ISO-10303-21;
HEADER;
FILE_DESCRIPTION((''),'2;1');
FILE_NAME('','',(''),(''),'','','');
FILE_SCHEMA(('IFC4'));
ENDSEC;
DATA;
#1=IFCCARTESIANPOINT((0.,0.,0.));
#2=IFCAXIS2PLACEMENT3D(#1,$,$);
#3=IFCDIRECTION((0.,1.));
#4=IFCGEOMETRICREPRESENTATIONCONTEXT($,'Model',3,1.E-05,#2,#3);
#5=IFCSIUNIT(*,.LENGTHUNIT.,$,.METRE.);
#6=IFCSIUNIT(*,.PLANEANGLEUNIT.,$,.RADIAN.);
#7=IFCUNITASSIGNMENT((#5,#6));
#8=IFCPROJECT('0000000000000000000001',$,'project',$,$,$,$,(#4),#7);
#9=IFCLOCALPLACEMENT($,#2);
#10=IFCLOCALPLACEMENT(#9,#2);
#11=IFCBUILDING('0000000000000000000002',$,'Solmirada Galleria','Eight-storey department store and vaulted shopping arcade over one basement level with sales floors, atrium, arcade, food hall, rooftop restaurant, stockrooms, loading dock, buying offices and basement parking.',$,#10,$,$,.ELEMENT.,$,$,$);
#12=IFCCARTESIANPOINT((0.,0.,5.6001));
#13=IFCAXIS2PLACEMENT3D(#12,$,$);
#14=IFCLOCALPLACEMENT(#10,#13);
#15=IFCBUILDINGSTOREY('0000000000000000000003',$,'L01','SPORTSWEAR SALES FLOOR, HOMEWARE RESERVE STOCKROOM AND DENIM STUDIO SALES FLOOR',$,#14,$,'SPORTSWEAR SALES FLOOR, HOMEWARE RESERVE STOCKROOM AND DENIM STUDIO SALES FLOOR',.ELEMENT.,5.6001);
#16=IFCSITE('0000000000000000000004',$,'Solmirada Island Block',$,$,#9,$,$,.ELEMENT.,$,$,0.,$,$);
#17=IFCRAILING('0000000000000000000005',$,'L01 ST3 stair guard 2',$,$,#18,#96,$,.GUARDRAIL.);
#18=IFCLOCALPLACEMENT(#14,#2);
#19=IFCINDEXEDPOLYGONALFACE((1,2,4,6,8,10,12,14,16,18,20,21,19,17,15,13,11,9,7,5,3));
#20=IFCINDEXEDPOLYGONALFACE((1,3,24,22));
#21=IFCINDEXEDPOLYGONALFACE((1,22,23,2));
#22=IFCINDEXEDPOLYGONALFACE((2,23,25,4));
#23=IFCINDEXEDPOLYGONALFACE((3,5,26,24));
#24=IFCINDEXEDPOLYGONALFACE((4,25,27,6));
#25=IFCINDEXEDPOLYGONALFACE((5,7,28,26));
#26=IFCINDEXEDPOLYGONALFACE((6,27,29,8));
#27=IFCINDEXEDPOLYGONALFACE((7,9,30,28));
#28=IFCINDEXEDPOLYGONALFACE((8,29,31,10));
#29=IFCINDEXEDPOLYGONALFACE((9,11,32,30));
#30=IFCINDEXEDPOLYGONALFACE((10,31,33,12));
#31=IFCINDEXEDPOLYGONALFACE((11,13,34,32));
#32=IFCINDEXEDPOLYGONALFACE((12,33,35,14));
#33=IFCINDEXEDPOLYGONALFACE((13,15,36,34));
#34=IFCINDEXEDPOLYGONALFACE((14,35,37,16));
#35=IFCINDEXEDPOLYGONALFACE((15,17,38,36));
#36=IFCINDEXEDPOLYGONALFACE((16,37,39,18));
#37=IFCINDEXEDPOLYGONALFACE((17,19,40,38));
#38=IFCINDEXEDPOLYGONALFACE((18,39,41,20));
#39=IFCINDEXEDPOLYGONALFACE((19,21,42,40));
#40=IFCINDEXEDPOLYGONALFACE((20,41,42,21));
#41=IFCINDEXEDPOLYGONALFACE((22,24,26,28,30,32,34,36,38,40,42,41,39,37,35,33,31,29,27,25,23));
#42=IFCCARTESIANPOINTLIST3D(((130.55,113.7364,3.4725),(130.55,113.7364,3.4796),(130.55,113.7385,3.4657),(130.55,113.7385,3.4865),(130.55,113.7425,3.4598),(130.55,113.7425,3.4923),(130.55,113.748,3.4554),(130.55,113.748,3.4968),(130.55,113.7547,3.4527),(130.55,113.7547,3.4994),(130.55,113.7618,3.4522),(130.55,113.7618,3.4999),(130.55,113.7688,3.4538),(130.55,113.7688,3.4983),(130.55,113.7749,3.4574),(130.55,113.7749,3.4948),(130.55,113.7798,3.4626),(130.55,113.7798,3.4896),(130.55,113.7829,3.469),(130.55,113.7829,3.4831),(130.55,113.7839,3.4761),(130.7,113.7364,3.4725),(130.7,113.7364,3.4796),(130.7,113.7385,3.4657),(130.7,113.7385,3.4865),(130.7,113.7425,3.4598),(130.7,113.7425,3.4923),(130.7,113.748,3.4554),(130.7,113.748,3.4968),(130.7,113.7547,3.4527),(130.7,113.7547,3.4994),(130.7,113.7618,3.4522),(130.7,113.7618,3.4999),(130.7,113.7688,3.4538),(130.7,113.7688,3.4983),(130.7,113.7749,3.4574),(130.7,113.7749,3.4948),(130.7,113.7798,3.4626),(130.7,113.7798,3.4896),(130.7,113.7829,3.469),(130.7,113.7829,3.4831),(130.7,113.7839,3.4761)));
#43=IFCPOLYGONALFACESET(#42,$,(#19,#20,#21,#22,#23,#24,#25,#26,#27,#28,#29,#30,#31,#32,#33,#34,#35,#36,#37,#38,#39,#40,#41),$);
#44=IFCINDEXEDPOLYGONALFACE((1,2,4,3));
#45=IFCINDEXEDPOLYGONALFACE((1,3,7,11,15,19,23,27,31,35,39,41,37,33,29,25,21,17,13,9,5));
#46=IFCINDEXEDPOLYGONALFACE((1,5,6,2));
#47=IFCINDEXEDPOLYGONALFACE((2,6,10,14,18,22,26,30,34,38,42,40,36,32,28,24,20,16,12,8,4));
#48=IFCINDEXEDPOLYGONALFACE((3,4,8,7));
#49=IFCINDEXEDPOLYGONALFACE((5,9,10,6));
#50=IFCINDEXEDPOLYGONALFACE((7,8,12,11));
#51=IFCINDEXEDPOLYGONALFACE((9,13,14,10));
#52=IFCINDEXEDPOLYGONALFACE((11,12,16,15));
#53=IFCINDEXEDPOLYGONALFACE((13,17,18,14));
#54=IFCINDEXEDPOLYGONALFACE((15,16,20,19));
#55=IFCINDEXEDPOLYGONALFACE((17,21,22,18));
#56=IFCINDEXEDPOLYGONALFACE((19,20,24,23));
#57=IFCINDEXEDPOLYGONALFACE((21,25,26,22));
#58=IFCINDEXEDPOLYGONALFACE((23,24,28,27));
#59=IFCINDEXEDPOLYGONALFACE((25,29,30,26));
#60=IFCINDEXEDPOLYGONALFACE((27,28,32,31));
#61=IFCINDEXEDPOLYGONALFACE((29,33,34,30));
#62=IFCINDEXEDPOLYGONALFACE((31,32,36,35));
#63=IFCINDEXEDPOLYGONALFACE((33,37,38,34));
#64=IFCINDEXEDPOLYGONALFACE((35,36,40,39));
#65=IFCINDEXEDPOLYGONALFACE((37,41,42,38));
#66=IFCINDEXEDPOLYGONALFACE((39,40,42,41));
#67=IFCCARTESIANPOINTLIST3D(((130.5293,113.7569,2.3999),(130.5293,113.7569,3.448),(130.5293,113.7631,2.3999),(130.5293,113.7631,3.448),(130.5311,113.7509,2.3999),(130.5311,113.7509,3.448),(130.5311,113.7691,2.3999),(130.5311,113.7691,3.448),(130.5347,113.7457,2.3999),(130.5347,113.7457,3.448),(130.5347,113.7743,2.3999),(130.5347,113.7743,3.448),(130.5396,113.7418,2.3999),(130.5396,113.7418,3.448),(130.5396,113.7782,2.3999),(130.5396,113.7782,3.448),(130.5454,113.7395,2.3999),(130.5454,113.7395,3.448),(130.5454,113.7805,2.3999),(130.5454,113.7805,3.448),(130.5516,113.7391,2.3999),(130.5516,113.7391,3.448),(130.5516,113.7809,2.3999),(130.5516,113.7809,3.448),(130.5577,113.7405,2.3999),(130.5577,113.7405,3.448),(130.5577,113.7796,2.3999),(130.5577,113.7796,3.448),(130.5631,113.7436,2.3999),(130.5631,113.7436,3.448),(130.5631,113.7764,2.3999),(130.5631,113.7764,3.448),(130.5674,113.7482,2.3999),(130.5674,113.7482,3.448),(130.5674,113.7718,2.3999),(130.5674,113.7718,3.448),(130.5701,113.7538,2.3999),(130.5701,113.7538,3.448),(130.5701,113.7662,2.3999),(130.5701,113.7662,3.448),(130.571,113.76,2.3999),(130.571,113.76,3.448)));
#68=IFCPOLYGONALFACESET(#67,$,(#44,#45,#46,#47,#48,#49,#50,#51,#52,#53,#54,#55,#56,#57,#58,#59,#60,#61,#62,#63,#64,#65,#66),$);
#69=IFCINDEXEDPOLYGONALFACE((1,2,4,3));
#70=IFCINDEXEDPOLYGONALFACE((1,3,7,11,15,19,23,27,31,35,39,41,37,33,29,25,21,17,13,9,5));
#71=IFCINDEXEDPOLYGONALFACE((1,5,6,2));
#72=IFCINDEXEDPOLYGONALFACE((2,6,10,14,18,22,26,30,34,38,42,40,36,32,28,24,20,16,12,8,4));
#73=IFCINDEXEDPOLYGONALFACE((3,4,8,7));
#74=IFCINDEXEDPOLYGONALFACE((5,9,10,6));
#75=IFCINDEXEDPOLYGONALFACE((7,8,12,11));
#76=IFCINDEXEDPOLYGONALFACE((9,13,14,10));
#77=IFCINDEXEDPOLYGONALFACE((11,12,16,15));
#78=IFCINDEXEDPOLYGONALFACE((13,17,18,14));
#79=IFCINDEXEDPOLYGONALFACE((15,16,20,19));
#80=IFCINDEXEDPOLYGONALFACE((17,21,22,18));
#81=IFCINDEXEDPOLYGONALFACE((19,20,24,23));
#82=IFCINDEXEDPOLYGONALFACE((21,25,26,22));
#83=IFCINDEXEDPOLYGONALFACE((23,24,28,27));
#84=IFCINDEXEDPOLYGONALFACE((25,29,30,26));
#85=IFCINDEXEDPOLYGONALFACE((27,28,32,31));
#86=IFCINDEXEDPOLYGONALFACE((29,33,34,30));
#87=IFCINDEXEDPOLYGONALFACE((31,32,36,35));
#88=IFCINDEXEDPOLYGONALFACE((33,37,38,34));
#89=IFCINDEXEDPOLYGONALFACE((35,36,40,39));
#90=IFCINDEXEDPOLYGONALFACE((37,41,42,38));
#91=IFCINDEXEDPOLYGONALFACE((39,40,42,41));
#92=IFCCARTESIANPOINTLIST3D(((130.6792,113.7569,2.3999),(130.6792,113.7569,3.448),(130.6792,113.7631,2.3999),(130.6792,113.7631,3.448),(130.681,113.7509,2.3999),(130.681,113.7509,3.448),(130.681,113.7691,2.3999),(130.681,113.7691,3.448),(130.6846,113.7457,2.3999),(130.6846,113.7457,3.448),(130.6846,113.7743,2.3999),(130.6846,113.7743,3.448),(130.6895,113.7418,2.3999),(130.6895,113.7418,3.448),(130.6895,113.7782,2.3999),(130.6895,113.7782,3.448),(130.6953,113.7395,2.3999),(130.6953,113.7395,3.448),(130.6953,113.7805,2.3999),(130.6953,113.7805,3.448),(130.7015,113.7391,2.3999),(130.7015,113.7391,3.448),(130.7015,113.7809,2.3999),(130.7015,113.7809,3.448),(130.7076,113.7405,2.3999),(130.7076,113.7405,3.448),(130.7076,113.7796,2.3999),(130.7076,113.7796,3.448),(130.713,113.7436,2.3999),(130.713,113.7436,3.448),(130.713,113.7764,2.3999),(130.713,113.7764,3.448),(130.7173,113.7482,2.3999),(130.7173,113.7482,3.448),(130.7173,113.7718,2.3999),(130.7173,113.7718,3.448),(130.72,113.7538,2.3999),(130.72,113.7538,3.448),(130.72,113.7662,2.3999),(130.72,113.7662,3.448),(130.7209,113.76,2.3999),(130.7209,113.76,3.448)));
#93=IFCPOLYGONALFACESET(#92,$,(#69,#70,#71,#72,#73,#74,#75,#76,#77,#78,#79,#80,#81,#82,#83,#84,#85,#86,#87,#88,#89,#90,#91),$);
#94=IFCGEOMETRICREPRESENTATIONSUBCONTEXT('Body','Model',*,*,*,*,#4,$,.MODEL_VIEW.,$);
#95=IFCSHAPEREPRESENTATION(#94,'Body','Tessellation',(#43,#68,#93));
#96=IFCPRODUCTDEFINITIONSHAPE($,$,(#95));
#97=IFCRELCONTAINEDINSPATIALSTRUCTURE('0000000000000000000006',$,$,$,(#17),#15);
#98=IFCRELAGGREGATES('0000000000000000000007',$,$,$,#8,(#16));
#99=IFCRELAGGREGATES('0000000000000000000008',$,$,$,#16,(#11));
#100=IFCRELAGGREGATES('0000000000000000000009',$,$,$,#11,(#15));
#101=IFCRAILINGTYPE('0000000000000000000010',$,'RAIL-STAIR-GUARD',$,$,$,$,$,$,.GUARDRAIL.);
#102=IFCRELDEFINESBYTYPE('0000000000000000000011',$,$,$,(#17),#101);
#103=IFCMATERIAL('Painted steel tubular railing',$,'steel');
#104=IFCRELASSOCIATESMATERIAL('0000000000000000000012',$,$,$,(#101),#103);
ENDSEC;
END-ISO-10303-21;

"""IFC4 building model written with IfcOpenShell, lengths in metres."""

from ifc_helpers import new_model, si_unit, direction, frame, origin, origin_2d, place, context, subcontext, project, spatial, circle, extrude, material, type_object, element, save


model = new_model("IFC4")

# Units and contexts
model_context = context("Model", 3, precision=1e-05, world=origin(), true_north=direction((0.0, 1.0)))
body_context = subcontext(model_context, "Body", "Model", "MODEL_VIEW")
ifc_project = project(units=[si_unit("LENGTHUNIT", "METRE"), si_unit("PLANEANGLEUNIT", "RADIAN")], contexts=[model_context])

# Site, building, storey
site_placement = place(None, origin())
site = spatial("IfcSite", under=ifc_project, at=site_placement, Name="Solmirada Island Block", CompositionType="ELEMENT", RefElevation=0.0)
building_placement = place(site_placement, origin())
building = spatial("IfcBuilding", under=site, at=building_placement, Name="Solmirada Galleria", Description="Eight-storey department store and vaulted shopping arcade over one basement level with sales floors, atrium, arcade, food hall, rooftop restaurant, stockrooms, loading dock, buying offices and basement parking.", CompositionType="ELEMENT")
storey_placement = place(building_placement, frame((0.0, 0.0, 5.6001)))
storey = spatial("IfcBuildingStorey", under=building, at=storey_placement, Name="L01", Description="SPORTSWEAR SALES FLOOR, HOMEWARE RESERVE STOCKROOM AND DENIM STUDIO SALES FLOOR", LongName="SPORTSWEAR SALES FLOOR, HOMEWARE RESERVE STOCKROOM AND DENIM STUDIO SALES FLOOR", CompositionType="ELEMENT", Elevation=5.6001)

# Railing
ifc_material_1 = material(Name="Painted steel tubular railing", Category="steel")
railing_type_1 = type_object("IfcRailingType", Name="RAIL-STAIR-GUARD", PredefinedType="GUARDRAIL", material=ifc_material_1)
railing_1_placement = place(storey_placement, frame((130.55, 113.76, 2.3999)))
element("IfcRailing", 1, at=railing_1_placement, inside=storey, type_object=railing_type_1, Name="L01 ST3 stair guard 2", PredefinedType="GUARDRAIL", context=body_context, shape_type="SweptSolid", body=[
    extrude(circle(Radius=0.0239, at=origin_2d()), frame((0.0, 0.0, 1.0762), z_axis=(1.0, 0.0, 0.0), x_axis=(0.0, 1.0, 0.0)), (0.0, 0.0, 1.0), 0.1499),
    extrude(circle(Radius=0.021, at=origin_2d()), origin(), (0.0, 0.0, 1.0), 1.0481),
    extrude(circle(Radius=0.021, at=origin_2d()), frame((0.1499, 0.0, 0.0)), (0.0, 0.0, 1.0), 1.0481),
])

save(model, "model.ifc")
